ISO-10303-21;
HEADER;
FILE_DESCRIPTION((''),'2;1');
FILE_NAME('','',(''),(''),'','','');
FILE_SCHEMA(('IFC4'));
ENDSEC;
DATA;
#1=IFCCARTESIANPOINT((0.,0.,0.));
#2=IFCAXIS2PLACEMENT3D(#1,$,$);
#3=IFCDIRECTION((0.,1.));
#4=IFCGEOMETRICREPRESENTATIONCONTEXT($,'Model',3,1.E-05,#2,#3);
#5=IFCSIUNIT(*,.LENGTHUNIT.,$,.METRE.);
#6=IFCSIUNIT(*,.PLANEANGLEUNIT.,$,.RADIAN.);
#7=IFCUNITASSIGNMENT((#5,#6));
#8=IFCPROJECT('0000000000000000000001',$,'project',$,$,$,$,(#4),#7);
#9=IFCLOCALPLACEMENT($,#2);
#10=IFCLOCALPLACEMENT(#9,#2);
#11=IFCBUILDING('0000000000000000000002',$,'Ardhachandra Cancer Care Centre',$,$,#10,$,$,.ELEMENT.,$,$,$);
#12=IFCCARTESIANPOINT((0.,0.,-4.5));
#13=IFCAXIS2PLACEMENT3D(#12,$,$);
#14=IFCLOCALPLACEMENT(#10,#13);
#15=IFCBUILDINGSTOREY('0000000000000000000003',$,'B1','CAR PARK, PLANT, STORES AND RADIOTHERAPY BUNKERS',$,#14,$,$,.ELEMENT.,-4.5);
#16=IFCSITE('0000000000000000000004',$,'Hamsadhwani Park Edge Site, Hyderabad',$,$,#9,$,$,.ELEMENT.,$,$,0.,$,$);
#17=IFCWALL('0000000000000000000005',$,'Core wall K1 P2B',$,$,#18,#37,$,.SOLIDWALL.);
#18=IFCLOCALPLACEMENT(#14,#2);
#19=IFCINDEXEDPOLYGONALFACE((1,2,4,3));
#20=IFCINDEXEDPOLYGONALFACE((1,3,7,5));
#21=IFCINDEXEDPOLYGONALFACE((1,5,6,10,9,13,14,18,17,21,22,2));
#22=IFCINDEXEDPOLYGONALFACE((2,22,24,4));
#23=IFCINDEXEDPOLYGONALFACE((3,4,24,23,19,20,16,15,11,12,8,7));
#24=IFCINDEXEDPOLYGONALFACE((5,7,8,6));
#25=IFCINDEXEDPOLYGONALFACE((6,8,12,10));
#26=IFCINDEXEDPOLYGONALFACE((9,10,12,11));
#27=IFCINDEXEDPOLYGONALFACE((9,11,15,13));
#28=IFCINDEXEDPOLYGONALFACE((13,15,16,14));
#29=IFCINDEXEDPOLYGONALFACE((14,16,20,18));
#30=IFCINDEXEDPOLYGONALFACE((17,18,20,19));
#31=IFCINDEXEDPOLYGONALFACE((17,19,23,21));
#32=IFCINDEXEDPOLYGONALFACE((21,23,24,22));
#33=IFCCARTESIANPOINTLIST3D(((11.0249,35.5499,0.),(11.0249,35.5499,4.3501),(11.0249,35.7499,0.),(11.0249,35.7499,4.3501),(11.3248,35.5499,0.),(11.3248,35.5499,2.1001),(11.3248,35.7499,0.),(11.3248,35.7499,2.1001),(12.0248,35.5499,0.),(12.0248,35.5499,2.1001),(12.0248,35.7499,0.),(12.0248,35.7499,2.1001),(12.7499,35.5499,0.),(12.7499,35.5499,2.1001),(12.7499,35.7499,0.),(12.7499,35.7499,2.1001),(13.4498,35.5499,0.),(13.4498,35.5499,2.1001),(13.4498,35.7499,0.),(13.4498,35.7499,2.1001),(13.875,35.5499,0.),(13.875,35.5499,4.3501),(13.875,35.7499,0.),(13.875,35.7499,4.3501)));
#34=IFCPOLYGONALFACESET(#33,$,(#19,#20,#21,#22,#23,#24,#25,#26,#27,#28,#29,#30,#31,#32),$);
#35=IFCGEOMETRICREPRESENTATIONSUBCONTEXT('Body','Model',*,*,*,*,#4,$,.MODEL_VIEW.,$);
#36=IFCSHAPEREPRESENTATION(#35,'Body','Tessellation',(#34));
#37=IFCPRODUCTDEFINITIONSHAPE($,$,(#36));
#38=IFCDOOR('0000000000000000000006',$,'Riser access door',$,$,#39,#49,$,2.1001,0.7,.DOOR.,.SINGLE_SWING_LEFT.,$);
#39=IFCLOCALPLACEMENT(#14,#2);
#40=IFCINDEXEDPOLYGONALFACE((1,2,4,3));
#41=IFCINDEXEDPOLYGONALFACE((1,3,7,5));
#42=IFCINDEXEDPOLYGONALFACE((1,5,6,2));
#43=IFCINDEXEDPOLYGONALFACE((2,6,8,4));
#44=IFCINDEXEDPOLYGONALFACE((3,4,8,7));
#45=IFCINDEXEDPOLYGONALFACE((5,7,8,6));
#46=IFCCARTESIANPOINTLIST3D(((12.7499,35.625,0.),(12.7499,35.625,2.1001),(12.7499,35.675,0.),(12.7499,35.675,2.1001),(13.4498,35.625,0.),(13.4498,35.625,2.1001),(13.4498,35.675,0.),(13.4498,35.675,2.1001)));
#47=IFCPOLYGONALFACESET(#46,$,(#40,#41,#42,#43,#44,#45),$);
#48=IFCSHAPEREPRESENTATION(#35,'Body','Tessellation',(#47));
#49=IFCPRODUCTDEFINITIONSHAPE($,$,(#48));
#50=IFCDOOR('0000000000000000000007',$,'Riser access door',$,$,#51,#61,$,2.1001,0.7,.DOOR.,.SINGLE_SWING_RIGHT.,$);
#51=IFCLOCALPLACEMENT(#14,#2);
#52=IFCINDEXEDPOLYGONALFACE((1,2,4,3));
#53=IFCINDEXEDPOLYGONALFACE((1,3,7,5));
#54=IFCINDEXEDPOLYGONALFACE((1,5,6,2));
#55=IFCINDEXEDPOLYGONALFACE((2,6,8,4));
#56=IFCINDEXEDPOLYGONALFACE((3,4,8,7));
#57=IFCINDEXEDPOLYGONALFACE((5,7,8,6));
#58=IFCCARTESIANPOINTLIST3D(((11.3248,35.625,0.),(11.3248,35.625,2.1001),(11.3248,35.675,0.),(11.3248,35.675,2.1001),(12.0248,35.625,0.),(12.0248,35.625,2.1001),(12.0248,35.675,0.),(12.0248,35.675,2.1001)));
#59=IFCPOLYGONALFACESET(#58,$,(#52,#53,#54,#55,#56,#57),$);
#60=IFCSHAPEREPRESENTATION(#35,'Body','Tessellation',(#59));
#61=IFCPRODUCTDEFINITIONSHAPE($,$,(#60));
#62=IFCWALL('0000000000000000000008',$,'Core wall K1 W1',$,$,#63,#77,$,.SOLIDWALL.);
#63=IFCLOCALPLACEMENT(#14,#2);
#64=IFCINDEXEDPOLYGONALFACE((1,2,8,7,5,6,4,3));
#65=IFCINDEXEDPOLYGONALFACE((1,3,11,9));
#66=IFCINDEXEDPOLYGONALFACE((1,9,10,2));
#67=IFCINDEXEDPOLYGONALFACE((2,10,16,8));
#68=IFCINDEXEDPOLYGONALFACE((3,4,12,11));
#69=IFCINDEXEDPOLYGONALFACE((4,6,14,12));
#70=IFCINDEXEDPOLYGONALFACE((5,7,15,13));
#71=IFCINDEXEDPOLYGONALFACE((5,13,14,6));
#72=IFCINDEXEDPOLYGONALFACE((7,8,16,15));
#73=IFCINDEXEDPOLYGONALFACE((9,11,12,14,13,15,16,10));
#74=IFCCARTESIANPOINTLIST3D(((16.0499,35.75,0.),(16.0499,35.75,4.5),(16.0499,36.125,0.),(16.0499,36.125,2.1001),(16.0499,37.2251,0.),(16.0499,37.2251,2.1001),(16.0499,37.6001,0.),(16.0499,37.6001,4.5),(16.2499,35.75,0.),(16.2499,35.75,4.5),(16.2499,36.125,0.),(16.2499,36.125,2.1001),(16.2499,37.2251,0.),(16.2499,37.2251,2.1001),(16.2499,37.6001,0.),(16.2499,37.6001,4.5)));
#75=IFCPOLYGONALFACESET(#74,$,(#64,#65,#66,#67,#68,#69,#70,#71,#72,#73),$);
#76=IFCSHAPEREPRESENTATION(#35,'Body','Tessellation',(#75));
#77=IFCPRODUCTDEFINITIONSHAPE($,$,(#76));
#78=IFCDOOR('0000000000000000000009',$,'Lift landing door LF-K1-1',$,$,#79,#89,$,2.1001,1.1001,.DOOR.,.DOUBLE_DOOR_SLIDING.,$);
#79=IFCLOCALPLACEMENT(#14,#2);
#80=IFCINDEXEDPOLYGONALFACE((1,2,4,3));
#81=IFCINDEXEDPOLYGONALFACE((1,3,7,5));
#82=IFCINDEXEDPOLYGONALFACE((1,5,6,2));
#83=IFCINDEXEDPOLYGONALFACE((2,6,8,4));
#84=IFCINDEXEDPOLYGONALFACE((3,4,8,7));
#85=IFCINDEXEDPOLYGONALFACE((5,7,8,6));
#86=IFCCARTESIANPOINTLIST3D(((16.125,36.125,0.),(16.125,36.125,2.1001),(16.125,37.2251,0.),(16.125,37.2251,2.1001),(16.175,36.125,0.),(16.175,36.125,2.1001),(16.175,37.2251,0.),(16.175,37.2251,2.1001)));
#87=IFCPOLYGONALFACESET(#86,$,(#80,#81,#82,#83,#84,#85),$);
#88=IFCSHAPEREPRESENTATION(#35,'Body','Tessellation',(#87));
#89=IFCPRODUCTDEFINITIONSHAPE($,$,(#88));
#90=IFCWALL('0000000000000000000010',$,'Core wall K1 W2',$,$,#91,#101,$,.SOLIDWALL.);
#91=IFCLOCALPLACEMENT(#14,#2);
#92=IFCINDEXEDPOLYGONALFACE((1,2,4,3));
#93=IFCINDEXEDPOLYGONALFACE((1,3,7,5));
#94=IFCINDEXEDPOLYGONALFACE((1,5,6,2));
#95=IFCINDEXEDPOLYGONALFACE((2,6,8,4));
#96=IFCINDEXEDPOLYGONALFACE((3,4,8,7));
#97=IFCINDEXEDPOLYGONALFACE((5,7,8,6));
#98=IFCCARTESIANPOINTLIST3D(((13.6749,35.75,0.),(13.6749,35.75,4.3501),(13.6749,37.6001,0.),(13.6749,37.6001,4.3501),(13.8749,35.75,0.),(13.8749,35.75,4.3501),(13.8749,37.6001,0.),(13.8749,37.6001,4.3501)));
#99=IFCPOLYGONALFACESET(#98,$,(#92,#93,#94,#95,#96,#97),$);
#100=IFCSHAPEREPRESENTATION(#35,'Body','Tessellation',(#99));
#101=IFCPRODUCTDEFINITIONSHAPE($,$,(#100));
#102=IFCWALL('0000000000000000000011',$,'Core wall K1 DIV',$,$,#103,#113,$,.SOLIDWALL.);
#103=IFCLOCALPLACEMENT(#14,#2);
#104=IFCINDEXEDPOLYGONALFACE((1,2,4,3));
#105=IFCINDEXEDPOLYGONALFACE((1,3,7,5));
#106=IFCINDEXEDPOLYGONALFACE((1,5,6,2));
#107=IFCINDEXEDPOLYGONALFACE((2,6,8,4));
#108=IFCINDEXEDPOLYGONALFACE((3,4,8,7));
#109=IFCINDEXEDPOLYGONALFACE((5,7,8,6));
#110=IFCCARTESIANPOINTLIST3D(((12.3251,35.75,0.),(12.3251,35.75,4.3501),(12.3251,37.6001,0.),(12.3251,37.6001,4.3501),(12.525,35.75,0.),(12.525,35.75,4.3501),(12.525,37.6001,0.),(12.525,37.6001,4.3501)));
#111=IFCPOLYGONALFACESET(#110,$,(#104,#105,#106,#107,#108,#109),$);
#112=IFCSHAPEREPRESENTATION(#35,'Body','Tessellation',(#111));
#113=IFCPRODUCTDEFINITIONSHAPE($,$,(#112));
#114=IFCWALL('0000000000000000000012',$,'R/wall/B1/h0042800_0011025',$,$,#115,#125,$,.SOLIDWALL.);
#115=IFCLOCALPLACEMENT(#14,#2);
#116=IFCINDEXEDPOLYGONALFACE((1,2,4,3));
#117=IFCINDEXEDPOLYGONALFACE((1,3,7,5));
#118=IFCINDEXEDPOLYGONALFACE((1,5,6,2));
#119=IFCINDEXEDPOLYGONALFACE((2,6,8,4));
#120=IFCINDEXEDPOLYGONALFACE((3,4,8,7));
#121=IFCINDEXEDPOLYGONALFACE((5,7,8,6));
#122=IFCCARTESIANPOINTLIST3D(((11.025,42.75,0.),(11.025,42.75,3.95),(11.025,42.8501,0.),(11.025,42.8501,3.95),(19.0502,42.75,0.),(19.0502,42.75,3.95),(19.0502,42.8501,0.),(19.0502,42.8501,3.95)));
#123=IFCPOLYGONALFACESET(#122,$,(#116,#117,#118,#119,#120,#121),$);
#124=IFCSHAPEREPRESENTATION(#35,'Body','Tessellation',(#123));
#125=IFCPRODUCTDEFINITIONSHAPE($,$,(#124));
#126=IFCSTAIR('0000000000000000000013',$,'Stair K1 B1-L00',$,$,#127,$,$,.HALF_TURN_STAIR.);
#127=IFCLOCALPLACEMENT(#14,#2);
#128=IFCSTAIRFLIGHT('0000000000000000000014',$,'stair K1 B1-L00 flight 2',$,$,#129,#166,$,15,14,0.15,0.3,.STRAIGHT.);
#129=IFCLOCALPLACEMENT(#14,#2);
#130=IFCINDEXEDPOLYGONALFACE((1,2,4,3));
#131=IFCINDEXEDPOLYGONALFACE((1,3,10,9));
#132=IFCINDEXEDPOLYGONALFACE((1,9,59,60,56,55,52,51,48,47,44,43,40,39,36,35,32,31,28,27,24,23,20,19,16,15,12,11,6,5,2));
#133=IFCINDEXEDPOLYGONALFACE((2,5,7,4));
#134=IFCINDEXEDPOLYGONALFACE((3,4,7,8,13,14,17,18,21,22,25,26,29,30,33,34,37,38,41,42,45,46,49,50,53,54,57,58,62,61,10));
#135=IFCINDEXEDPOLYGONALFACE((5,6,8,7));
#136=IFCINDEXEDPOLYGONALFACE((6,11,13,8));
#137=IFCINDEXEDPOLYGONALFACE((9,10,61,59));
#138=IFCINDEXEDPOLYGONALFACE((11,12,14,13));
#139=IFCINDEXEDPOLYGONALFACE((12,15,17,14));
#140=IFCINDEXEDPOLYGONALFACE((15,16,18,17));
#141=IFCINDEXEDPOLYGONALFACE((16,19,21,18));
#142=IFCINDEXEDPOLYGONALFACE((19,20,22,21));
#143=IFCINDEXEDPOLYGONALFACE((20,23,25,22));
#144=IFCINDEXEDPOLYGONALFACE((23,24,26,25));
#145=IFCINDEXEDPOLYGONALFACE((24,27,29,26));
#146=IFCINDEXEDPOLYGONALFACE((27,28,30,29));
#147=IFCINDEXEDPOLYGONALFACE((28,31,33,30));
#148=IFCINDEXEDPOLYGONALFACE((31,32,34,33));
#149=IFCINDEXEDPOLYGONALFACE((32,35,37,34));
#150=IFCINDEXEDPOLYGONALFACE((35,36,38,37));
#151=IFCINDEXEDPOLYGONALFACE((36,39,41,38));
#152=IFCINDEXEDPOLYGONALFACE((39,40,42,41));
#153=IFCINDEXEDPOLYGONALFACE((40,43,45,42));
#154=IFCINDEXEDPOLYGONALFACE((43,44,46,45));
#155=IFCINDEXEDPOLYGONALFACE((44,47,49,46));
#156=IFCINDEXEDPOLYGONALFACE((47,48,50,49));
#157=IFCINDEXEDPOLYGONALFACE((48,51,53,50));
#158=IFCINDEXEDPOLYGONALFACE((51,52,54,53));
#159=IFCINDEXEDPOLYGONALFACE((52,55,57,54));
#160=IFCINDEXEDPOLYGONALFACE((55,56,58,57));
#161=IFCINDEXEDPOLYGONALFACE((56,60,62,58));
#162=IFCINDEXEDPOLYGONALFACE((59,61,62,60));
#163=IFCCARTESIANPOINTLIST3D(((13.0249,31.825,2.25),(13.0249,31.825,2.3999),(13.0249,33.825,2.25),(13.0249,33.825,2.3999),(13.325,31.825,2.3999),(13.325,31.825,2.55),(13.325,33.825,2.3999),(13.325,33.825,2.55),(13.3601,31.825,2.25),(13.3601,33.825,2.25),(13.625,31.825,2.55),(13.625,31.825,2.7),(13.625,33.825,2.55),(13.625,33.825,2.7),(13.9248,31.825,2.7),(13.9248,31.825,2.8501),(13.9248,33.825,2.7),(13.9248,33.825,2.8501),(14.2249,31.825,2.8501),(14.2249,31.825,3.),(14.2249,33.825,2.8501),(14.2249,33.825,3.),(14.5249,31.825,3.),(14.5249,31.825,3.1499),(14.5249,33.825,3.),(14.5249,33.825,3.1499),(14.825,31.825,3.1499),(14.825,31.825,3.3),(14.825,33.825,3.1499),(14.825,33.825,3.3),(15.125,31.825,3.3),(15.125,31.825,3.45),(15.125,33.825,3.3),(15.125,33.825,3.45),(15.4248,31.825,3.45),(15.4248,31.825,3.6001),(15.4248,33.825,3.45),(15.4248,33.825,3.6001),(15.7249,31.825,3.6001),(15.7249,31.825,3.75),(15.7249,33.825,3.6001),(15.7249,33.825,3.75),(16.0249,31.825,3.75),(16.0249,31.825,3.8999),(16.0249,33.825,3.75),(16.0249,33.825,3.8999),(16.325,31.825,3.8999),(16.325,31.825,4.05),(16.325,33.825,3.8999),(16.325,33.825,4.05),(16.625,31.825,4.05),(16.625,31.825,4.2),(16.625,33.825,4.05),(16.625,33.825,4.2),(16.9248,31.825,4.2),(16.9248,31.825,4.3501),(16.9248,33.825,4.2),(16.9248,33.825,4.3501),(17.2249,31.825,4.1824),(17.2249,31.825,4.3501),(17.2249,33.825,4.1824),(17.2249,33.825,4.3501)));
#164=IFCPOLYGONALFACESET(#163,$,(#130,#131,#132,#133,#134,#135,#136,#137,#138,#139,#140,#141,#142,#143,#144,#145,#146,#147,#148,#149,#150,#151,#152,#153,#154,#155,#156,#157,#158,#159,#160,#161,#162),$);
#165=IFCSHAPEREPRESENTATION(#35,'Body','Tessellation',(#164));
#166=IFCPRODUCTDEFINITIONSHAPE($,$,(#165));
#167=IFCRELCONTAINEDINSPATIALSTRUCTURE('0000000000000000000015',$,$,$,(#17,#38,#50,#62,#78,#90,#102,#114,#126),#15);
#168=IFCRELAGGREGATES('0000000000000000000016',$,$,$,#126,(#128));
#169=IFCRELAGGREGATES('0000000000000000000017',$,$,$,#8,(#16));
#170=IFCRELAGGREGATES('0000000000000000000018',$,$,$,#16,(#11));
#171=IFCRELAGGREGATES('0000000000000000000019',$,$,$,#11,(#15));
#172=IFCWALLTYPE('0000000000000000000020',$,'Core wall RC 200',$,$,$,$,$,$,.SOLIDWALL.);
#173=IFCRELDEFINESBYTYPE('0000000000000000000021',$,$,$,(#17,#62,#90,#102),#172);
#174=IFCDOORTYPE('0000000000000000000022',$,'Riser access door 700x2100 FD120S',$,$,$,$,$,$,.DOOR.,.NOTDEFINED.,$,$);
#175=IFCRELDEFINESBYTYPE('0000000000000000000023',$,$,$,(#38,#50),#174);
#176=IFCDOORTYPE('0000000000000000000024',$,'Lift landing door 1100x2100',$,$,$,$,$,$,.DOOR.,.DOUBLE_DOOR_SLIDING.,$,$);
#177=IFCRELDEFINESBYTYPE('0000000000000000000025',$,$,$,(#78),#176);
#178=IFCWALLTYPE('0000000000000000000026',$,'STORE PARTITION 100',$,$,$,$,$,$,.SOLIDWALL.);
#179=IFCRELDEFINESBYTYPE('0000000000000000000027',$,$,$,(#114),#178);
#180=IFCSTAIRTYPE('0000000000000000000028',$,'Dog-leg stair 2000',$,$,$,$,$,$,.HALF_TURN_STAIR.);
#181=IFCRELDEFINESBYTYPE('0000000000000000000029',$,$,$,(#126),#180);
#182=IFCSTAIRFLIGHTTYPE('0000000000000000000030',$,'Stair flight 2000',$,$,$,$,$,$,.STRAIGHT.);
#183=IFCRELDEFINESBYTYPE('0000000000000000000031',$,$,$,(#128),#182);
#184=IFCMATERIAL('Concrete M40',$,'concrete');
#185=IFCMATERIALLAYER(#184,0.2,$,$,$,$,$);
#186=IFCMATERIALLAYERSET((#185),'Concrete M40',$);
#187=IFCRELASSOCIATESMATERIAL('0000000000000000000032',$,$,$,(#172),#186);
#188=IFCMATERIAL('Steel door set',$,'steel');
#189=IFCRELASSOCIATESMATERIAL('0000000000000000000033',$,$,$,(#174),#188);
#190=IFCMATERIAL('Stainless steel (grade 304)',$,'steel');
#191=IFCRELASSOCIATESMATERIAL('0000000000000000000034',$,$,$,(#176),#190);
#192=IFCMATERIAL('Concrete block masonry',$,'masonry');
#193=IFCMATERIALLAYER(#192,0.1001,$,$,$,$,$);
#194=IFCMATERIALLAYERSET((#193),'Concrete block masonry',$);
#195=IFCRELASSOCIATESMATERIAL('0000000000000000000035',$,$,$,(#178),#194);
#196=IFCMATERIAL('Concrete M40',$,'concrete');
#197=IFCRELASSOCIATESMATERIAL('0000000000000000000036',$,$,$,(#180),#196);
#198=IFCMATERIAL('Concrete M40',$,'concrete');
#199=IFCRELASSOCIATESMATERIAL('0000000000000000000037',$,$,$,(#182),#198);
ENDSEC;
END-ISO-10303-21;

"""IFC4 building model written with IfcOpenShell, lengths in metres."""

from ifc_helpers import new_model, si_unit, direction, frame, frame_2d, origin, place, context, subcontext, project, spatial, polyline, rectangle, outline, extrude, material, layer, layer_set, type_object, element, fill, aggregate, save


model = new_model("IFC4")

# Units and contexts
model_context = context("Model", 3, precision=1e-05, world=origin(), true_north=direction((0.0, 1.0)))
body_context = subcontext(model_context, "Body", "Model", "MODEL_VIEW")
ifc_project = project(units=[si_unit("LENGTHUNIT", "METRE"), si_unit("PLANEANGLEUNIT", "RADIAN")], contexts=[model_context])

# Site, building, storey
site_placement = place(None, origin())
site = spatial("IfcSite", under=ifc_project, at=site_placement, Name="Hamsadhwani Park Edge Site, Hyderabad", CompositionType="ELEMENT", RefElevation=0.0)
building_placement = place(site_placement, origin())
building = spatial("IfcBuilding", under=site, at=building_placement, Name="Ardhachandra Cancer Care Centre", CompositionType="ELEMENT")
storey_placement = place(building_placement, frame((0.0, 0.0, -4.5)))
storey = spatial("IfcBuildingStorey", under=building, at=storey_placement, Name="B1", Description="CAR PARK, PLANT, STORES AND RADIOTHERAPY BUNKERS", CompositionType="ELEMENT", Elevation=-4.5)

# Wall, openings, doors
ifc_material_1 = material(Name="Concrete M40", Category="concrete")
ifc_layer_1 = layer(ifc_material_1, 0.2)
ifc_layer_set_1 = layer_set([ifc_layer_1], Name="Concrete M40")
wall_type_1 = type_object("IfcWallType", Name="Core wall RC 200", PredefinedType="SOLIDWALL", material=ifc_layer_set_1)
wall_1_placement = place(storey_placement, frame((13.875, 35.6499, 0.0), z_axis=(0.0, 0.0, 1.0), x_axis=(-1.0, 0.0, 0.0)))
wall_1 = element("IfcWall", 1, at=wall_1_placement, inside=storey, type_object=wall_type_1, Name="Core wall K1 P2B", PredefinedType="SOLIDWALL", context=body_context, shape_type="SweptSolid", body=[
    extrude(rectangle(XDim=2.8501, YDim=0.2, at=frame_2d((1.425, 0.0))), origin(), (0.0, 0.0, 1.0), 4.3501),
])
opening_1_placement = place(wall_1_placement, frame((0.425, 0.0, 0.0)))
opening_1 = element("IfcOpeningElement", 2, at=opening_1_placement, cuts=wall_1, PredefinedType="OPENING", context=body_context, shape_type="SweptSolid", body=[
    extrude(rectangle(XDim=0.7, YDim=2.1001, at=frame_2d((0.3501, 1.05))), frame((0.0, 0.1099, 0.0), z_axis=(0.0, -1.0, 0.0), x_axis=(1.0, 0.0, 0.0)), (0.0, 0.0, 1.0), 0.22),
])
opening_2_placement = place(wall_1_placement, frame((1.8501, 0.0, 0.0)))
opening_2 = element("IfcOpeningElement", 3, at=opening_2_placement, cuts=wall_1, PredefinedType="OPENING", context=body_context, shape_type="SweptSolid", body=[
    extrude(rectangle(XDim=0.7, YDim=2.1001, at=frame_2d((0.3501, 1.05))), frame((0.0, 0.1099, 0.0), z_axis=(0.0, -1.0, 0.0), x_axis=(1.0, 0.0, 0.0)), (0.0, 0.0, 1.0), 0.22),
])
ifc_material_2 = material(Name="Steel door set", Category="steel")
door_type_1 = type_object("IfcDoorType", Name="Riser access door 700x2100 FD120S", OperationType="NOTDEFINED", PredefinedType="DOOR", material=ifc_material_2)
door_1_placement = place(opening_1_placement, origin())
door_1 = element("IfcDoor", 4, at=door_1_placement, inside=storey, type_object=door_type_1, Name="Riser access door", OperationType="SINGLE_SWING_LEFT", OverallHeight=2.1001, OverallWidth=0.7, PredefinedType="DOOR", context=body_context, shape_type="SweptSolid", body=[
    extrude(rectangle(XDim=0.7, YDim=2.1001, at=frame_2d((0.3501, 1.05))), frame((0.0, 0.0249, 0.0), z_axis=(0.0, -1.0, 0.0), x_axis=(1.0, 0.0, 0.0)), (0.0, 0.0, 1.0), 0.05),
])
fill(opening_1, door_1)
door_2_placement = place(opening_2_placement, origin())
door_2 = element("IfcDoor", 5, at=door_2_placement, inside=storey, type_object=door_type_1, Name="Riser access door", OperationType="SINGLE_SWING_RIGHT", OverallHeight=2.1001, OverallWidth=0.7, PredefinedType="DOOR", context=body_context, shape_type="SweptSolid", body=[
    extrude(rectangle(XDim=0.7, YDim=2.1001, at=frame_2d((0.3501, 1.05))), frame((0.0, 0.0249, 0.0), z_axis=(0.0, -1.0, 0.0), x_axis=(1.0, 0.0, 0.0)), (0.0, 0.0, 1.0), 0.05),
])
fill(opening_2, door_2)

# Wall, opening, door
wall_2_placement = place(storey_placement, frame((16.1499, 35.75, 0.0), z_axis=(0.0, 0.0, 1.0), x_axis=(0.0, 1.0, 0.0)))
wall_2 = element("IfcWall", 6, at=wall_2_placement, inside=storey, type_object=wall_type_1, Name="Core wall K1 W1", PredefinedType="SOLIDWALL", context=body_context, shape_type="SweptSolid", body=[
    extrude(rectangle(XDim=1.8501, YDim=0.2, at=frame_2d((0.925, 0.0))), origin(), (0.0, 0.0, 1.0), 4.5),
])
opening_3_placement = place(wall_2_placement, frame((0.375, 0.0, 0.0)))
opening_3 = element("IfcOpeningElement", 7, at=opening_3_placement, cuts=wall_2, PredefinedType="OPENING", context=body_context, shape_type="SweptSolid", body=[
    extrude(rectangle(XDim=1.1001, YDim=2.1001, at=frame_2d((0.55, 1.05))), frame((0.0, 0.1099, 0.0), z_axis=(0.0, -1.0, 0.0), x_axis=(1.0, 0.0, 0.0)), (0.0, 0.0, 1.0), 0.22),
])
ifc_material_3 = material(Name="Stainless steel (grade 304)", Category="steel")
door_type_2 = type_object("IfcDoorType", Name="Lift landing door 1100x2100", OperationType="DOUBLE_DOOR_SLIDING", PredefinedType="DOOR", material=ifc_material_3)
door_3_placement = place(opening_3_placement, origin())
door_3 = element("IfcDoor", 8, at=door_3_placement, inside=storey, type_object=door_type_2, Name="Lift landing door LF-K1-1", OperationType="DOUBLE_DOOR_SLIDING", OverallHeight=2.1001, OverallWidth=1.1001, PredefinedType="DOOR", context=body_context, shape_type="SweptSolid", body=[
    extrude(rectangle(XDim=1.1001, YDim=2.1001, at=frame_2d((0.55, 1.05))), frame((0.0, 0.0249, 0.0), z_axis=(0.0, -1.0, 0.0), x_axis=(1.0, 0.0, 0.0)), (0.0, 0.0, 1.0), 0.05),
])
fill(opening_3, door_3)

# Walls
for number, where, z_axis, x_axis, name in (
    (9, (13.7749, 35.75, 0.0), (0.0, 0.0, 1.0), (0.0, 1.0, 0.0), "Core wall K1 W2"),
    (10, (12.425, 35.75, 0.0), (0.0, 0.0, 1.0), (0.0, 1.0, 0.0), "Core wall K1 DIV"),
):
    element("IfcWall", number, at=place(storey_placement, frame(where, z_axis=z_axis, x_axis=x_axis)), inside=storey, type_object=wall_type_1, Name=name, PredefinedType="SOLIDWALL", context=body_context, shape_type="SweptSolid", body=[
        extrude(rectangle(XDim=1.8501, YDim=0.2, at=frame_2d((0.925, 0.0))), origin(), (0.0, 0.0, 1.0), 4.3501),
    ])
ifc_material_4 = material(Name="Concrete block masonry", Category="masonry")
ifc_layer_2 = layer(ifc_material_4, 0.1001)
ifc_layer_set_2 = layer_set([ifc_layer_2], Name="Concrete block masonry")
wall_type_2 = type_object("IfcWallType", Name="STORE PARTITION 100", PredefinedType="SOLIDWALL", material=ifc_layer_set_2)
wall_3_placement = place(storey_placement, frame((11.0249, 42.8, 0.0), z_axis=(0.0, 0.0, 1.0), x_axis=(1.0, 0.0, 0.0)))
element("IfcWall", 11, at=wall_3_placement, inside=storey, type_object=wall_type_2, Name="R/wall/B1/h0042800_0011025", PredefinedType="SOLIDWALL", context=body_context, shape_type="SweptSolid", body=[
    extrude(rectangle(XDim=8.0251, YDim=0.1001, at=frame_2d((4.0127, 0.0))), origin(), (0.0, 0.0, 1.0), 3.95),
])

# Stair, stair flight
ifc_material_5 = material(Name="Concrete M40", Category="concrete")
stair_type = type_object("IfcStairType", Name="Dog-leg stair 2000", PredefinedType="HALF_TURN_STAIR", material=ifc_material_5)
stair_placement = place(storey_placement, origin())
stair = element("IfcStair", 12, at=stair_placement, inside=storey, type_object=stair_type, Name="Stair K1 B1-L00", PredefinedType="HALF_TURN_STAIR")
ifc_material_6 = material(Name="Concrete M40", Category="concrete")
stair_flight_type = type_object("IfcStairFlightType", Name="Stair flight 2000", PredefinedType="STRAIGHT", material=ifc_material_6)
stair_flight_placement = place(storey_placement, frame((13.0249, 32.825, 2.25), z_axis=(0.0, 0.0, 1.0), x_axis=(1.0, 0.0, 0.0)))
stair_flight = element("IfcStairFlight", 13, at=stair_flight_placement, type_object=stair_flight_type, Name="stair K1 B1-L00 flight 2", NumberOfRisers=15, NumberOfTreads=14, PredefinedType="STRAIGHT", RiserHeight=0.15, TreadLength=0.3, context=body_context, shape_type="SweptSolid", body=[
    extrude(outline(polyline([(0.0, 0.0), (0.0, 0.1499), (0.3, 0.1499), (0.3, 0.3), (0.6001, 0.3), (0.6001, 0.45), (0.8999, 0.45), (0.8999, 0.6001), (1.2, 0.6001), (1.2, 0.75), (1.5, 0.75), (1.5, 0.8999), (1.8, 0.8999), (1.8, 1.05), (2.1001, 1.05), (2.1001, 1.2), (2.3999, 1.2), (2.3999, 1.3501), (2.7, 1.3501), (2.7, 1.5), (3.0, 1.5), (3.0, 1.6499), (3.3, 1.6499), (3.3, 1.8), (3.6001, 1.8), (3.6001, 1.95), (3.8999, 1.95), (3.8999, 2.1001), (4.2, 2.1001), (4.2, 2.25), (4.2, 1.9324), (0.3352, 0.0), (0.0, 0.0)])), frame((0.0, 1.0, 0.0), z_axis=(0.0, -1.0, 0.0), x_axis=(1.0, 0.0, 0.0)), (0.0, 0.0, 1.0), 2.0),
])
aggregate(stair, [stair_flight])

save(model, "model.ifc")
